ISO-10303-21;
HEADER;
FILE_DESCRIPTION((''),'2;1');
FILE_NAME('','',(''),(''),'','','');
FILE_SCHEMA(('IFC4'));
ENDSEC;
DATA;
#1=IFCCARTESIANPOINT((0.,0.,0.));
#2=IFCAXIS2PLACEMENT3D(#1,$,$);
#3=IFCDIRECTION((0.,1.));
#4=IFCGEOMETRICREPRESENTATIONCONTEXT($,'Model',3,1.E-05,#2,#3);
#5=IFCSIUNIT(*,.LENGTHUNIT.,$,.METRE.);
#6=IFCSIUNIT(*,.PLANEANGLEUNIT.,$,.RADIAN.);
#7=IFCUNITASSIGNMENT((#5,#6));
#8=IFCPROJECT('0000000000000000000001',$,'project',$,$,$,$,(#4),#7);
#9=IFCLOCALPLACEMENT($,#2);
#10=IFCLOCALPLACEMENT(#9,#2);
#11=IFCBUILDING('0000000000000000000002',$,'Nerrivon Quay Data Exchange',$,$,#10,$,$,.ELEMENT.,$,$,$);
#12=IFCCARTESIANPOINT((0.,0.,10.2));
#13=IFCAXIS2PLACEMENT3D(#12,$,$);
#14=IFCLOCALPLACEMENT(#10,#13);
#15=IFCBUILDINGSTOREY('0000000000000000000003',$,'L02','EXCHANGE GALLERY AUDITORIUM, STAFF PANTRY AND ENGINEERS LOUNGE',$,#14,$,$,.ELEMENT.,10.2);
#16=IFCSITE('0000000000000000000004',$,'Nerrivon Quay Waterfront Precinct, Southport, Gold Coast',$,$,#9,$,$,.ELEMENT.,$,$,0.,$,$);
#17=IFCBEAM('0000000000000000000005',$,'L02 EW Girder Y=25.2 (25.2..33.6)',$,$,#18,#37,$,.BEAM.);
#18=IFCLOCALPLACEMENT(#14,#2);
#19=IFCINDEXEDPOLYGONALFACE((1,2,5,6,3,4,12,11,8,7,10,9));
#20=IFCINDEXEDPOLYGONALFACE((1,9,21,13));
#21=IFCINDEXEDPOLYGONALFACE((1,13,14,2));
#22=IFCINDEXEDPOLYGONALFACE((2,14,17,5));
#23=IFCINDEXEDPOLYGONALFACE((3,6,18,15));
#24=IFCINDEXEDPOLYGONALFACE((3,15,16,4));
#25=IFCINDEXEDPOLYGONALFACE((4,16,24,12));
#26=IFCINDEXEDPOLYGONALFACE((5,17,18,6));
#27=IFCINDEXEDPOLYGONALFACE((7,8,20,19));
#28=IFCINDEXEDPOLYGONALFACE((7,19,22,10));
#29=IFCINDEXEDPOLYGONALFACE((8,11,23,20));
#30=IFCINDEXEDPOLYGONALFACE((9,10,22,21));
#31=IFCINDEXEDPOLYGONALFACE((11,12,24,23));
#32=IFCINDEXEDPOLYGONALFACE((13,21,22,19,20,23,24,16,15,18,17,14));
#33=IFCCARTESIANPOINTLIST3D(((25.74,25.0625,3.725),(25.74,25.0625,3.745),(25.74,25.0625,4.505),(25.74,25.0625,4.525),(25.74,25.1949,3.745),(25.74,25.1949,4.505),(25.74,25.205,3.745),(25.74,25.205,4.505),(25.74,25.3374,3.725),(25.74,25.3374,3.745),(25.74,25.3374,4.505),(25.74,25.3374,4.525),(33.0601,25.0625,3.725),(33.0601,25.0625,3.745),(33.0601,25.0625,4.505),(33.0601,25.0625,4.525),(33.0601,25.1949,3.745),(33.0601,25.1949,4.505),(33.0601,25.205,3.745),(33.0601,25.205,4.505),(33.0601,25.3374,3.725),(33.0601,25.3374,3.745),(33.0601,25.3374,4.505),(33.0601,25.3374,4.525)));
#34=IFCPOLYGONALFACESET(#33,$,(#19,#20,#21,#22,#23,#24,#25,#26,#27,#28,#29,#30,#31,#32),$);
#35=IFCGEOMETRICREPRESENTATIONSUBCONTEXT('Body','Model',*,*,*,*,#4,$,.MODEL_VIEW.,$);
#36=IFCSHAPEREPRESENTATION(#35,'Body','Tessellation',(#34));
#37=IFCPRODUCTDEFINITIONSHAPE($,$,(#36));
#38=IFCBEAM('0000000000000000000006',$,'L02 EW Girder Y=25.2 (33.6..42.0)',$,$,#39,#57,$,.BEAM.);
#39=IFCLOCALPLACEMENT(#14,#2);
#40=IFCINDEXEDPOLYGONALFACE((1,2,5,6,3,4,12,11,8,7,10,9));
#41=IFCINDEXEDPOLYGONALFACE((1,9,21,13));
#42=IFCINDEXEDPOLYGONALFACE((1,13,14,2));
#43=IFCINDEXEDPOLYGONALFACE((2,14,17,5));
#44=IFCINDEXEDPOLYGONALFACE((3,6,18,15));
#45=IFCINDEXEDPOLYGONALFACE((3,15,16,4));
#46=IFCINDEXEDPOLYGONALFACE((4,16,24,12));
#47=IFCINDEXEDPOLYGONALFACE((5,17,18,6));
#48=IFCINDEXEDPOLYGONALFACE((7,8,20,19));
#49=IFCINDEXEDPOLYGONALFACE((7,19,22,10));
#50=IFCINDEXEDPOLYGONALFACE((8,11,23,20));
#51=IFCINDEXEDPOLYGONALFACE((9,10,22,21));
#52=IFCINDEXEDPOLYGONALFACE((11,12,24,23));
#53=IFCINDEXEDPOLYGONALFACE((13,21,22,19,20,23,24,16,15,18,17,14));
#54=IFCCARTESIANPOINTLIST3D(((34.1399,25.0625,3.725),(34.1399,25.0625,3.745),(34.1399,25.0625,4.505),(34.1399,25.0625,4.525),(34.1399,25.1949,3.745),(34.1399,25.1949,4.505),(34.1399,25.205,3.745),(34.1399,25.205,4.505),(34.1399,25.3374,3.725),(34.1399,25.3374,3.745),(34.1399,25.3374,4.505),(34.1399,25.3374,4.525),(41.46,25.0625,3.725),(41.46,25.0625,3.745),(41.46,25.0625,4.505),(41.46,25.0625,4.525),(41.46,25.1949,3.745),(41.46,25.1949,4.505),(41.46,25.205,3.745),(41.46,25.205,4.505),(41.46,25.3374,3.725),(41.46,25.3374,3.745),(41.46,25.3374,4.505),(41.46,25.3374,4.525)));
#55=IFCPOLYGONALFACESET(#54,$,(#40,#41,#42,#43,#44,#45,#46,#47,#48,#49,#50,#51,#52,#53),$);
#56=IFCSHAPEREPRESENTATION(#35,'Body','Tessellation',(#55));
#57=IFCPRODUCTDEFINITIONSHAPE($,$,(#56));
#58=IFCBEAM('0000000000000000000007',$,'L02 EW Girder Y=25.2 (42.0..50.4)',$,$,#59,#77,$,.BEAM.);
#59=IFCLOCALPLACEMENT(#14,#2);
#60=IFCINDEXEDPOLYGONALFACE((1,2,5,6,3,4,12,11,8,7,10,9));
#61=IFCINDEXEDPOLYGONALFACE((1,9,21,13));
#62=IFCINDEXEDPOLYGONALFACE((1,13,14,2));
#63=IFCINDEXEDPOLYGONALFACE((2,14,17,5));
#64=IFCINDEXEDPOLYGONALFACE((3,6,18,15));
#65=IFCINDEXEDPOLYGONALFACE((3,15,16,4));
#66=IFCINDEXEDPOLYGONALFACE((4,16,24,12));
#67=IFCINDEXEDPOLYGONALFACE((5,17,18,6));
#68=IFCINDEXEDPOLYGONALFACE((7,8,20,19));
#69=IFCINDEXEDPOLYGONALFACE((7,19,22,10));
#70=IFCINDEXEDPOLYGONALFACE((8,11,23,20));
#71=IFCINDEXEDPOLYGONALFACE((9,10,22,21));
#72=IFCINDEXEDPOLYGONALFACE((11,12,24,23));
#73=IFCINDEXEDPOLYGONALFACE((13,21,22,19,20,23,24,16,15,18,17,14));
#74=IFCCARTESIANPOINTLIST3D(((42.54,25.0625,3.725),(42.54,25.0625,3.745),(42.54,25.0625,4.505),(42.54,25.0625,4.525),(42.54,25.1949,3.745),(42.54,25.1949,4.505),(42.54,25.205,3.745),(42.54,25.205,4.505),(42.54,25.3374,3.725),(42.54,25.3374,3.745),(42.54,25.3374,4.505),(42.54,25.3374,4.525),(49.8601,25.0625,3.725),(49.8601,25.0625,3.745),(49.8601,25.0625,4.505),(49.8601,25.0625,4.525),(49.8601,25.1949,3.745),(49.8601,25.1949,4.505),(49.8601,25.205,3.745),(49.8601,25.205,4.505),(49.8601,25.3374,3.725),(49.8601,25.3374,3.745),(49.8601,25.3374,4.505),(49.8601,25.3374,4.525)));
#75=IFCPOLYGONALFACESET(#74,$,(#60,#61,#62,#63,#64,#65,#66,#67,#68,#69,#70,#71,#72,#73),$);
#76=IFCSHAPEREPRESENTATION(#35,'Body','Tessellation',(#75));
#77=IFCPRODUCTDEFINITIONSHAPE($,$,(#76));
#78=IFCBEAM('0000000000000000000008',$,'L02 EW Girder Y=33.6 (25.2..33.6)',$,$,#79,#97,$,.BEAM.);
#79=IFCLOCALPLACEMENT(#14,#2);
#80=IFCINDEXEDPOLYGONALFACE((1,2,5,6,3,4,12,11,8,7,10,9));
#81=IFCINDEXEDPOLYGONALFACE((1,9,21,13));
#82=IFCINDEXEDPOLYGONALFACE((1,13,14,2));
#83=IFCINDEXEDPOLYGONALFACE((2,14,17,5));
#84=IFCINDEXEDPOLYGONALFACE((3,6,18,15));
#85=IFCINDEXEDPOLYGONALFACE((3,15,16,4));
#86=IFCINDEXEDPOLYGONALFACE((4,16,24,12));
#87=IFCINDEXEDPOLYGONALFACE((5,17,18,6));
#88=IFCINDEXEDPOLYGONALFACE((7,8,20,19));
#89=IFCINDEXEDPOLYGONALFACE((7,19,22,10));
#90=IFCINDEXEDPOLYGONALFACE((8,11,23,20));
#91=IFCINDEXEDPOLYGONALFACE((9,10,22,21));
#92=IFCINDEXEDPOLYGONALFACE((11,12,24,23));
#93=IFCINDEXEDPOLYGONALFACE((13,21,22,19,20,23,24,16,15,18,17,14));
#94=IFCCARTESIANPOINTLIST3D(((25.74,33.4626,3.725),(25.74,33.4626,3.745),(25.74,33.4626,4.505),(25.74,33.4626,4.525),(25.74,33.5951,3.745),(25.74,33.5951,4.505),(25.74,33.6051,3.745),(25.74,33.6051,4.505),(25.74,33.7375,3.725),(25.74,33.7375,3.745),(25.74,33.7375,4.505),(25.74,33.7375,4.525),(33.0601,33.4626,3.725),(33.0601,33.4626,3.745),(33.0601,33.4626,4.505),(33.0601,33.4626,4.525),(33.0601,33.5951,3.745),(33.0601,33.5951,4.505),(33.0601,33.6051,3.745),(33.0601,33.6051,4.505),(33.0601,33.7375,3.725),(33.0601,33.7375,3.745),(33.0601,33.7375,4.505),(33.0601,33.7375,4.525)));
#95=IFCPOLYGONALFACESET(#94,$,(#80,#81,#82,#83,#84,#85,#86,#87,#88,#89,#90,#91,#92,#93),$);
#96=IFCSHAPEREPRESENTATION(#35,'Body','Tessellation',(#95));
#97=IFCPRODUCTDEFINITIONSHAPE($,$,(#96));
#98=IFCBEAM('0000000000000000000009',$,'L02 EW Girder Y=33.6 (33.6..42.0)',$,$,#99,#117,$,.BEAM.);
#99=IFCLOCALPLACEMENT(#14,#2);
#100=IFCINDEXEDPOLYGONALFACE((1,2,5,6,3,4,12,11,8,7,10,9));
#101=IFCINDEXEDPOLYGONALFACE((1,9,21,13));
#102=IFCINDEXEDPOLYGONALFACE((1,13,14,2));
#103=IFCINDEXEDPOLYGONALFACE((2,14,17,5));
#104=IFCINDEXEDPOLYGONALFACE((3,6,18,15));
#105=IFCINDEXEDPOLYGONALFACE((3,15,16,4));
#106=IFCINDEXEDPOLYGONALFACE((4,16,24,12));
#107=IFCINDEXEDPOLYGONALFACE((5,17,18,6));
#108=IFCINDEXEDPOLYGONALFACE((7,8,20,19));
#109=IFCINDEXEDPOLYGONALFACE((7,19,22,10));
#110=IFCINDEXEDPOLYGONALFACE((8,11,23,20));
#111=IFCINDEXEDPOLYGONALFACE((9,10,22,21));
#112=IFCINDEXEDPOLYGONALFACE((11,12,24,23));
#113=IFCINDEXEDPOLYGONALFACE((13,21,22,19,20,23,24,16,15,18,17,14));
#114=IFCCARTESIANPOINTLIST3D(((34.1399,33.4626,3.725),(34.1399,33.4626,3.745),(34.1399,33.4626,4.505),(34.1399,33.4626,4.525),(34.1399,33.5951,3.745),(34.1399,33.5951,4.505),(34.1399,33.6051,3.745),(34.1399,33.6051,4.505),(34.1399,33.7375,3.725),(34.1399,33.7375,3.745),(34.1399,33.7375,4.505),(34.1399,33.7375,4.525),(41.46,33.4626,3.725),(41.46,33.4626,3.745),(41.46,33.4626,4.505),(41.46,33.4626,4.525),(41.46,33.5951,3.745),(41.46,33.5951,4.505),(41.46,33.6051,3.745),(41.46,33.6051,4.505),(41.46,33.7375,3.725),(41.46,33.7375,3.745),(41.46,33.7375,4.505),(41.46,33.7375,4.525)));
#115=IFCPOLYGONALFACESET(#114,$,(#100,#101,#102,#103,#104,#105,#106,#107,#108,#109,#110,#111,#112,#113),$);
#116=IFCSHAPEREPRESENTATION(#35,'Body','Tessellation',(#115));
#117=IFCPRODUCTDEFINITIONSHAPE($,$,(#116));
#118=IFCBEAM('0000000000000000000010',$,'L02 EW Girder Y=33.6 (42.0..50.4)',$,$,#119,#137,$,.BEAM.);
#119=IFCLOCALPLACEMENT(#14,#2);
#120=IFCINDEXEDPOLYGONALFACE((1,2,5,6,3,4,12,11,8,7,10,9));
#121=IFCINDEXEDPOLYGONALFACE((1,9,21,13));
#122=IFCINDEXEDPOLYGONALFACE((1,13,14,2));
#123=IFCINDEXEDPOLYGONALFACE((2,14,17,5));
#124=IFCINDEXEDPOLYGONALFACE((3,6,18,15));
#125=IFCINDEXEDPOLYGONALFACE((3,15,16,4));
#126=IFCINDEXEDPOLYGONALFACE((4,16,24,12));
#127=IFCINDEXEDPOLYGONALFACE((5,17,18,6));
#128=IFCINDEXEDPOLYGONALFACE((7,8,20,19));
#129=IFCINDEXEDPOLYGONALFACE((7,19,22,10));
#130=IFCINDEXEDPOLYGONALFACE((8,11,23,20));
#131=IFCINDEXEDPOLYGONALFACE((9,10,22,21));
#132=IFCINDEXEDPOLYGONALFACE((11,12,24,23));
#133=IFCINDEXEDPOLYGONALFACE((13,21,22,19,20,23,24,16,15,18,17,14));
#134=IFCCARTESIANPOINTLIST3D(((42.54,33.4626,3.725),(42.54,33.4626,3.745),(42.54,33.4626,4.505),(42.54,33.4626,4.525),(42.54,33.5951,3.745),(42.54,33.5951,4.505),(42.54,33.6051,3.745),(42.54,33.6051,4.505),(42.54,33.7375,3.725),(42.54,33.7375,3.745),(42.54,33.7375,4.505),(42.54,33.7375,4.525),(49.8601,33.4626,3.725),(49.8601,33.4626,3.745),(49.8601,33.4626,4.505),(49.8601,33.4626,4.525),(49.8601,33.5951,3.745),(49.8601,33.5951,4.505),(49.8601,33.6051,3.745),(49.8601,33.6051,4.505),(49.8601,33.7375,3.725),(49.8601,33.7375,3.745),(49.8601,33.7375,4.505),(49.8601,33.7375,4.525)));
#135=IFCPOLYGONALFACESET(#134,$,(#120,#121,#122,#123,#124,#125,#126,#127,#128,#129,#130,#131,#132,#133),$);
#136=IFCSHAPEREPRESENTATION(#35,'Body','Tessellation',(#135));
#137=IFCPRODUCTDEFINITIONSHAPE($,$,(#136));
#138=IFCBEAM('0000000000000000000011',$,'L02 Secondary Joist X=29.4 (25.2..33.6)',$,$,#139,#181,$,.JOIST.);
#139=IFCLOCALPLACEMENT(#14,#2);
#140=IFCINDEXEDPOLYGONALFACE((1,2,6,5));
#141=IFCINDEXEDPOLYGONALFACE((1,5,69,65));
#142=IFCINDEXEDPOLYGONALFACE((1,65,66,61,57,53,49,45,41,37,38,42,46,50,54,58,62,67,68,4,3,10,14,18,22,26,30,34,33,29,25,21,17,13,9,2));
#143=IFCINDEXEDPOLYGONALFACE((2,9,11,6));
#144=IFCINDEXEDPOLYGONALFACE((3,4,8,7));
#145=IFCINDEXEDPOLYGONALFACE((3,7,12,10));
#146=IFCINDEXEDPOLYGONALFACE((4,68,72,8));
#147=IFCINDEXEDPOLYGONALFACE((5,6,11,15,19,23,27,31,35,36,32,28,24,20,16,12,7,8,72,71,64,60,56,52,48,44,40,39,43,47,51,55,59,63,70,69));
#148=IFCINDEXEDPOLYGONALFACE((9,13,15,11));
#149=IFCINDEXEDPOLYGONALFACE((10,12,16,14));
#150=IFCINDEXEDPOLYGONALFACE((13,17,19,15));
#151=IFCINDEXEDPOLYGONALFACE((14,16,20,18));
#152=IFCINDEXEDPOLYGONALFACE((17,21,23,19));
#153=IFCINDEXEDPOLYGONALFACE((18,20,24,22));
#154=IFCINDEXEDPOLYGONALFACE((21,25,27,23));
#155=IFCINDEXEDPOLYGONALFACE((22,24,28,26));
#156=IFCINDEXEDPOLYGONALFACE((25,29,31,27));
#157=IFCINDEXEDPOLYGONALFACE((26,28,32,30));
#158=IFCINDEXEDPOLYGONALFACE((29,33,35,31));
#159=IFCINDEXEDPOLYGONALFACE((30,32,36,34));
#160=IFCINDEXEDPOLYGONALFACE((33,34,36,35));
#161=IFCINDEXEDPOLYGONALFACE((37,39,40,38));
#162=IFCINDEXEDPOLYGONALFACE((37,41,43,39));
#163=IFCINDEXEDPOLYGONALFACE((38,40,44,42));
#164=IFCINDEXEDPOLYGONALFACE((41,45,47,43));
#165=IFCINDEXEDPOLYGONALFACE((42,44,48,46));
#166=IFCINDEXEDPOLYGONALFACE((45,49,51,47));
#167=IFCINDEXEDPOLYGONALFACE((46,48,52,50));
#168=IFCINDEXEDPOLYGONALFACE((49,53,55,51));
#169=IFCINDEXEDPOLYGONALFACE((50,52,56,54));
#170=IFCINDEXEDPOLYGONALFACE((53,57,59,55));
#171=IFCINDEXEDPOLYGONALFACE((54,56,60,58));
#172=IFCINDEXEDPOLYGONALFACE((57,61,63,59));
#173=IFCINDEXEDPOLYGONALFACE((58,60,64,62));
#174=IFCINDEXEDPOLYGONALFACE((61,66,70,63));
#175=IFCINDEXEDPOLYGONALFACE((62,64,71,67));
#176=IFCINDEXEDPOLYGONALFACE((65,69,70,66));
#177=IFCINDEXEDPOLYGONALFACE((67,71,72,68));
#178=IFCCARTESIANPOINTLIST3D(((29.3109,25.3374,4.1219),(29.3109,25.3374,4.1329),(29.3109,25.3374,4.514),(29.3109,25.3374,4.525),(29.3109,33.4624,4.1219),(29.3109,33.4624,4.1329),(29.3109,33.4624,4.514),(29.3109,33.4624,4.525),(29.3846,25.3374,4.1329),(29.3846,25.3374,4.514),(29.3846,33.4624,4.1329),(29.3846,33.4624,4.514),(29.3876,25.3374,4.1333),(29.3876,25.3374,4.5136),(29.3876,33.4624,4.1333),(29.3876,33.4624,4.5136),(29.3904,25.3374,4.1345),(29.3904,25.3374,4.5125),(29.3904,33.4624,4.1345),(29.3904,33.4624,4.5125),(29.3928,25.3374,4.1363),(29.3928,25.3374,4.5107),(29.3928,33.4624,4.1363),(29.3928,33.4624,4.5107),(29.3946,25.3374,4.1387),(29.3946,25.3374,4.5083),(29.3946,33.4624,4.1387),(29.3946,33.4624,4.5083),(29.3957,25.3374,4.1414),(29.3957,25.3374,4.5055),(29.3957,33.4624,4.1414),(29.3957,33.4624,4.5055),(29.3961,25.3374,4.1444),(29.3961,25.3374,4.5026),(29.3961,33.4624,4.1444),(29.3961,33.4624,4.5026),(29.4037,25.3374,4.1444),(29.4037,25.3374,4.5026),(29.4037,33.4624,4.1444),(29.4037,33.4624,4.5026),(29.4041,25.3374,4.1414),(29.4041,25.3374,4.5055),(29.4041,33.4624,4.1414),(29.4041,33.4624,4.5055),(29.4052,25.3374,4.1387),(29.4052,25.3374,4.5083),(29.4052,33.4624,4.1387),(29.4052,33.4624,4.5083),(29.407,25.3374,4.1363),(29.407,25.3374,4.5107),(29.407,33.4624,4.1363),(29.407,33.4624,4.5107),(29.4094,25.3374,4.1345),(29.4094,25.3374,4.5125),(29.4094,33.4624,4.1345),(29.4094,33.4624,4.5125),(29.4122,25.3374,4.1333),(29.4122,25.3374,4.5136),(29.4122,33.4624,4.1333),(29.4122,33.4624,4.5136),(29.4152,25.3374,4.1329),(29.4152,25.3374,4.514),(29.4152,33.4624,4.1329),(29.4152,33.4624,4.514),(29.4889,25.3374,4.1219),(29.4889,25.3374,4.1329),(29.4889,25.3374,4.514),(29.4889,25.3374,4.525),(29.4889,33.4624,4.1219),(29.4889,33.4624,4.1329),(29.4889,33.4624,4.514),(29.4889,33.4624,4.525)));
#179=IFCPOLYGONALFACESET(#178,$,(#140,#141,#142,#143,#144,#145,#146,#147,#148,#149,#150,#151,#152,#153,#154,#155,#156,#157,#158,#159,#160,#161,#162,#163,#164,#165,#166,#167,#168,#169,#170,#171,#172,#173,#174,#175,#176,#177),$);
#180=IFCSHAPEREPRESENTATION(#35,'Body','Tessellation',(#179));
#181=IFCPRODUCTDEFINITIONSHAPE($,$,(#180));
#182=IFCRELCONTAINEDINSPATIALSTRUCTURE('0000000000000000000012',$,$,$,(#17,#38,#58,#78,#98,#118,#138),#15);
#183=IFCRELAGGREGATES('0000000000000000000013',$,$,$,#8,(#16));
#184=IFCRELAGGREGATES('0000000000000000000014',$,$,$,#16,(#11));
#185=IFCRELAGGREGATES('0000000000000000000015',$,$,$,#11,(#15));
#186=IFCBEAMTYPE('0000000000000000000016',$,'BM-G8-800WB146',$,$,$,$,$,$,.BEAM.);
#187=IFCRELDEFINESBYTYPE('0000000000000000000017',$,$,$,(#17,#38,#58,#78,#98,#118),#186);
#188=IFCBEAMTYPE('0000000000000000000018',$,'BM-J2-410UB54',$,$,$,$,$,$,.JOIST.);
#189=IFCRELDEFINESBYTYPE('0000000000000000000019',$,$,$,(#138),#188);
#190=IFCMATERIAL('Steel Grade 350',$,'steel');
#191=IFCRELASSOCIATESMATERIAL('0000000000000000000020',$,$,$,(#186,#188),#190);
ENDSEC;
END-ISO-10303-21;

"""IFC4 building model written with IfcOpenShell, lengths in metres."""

from ifc_helpers import new_model, si_unit, direction, frame, origin, origin_2d, place, context, subcontext, project, spatial, i_section, extrude, material, material_profile, profile_set, type_object, element, save


model = new_model("IFC4")

# Units and contexts
model_context = context("Model", 3, precision=1e-05, world=origin(), true_north=direction((0.0, 1.0)))
body_context = subcontext(model_context, "Body", "Model", "MODEL_VIEW")
ifc_project = project(units=[si_unit("LENGTHUNIT", "METRE"), si_unit("PLANEANGLEUNIT", "RADIAN")], contexts=[model_context])

# Site, building, storey
site_placement = place(None, origin())
site = spatial("IfcSite", under=ifc_project, at=site_placement, Name="Nerrivon Quay Waterfront Precinct, Southport, Gold Coast", CompositionType="ELEMENT", RefElevation=0.0)
building_placement = place(site_placement, origin())
building = spatial("IfcBuilding", under=site, at=building_placement, Name="Nerrivon Quay Data Exchange", CompositionType="ELEMENT")
storey_placement = place(building_placement, frame((0.0, 0.0, 10.2)))
storey = spatial("IfcBuildingStorey", under=building, at=storey_placement, Name="L02", Description="EXCHANGE GALLERY AUDITORIUM, STAFF PANTRY AND ENGINEERS LOUNGE", CompositionType="ELEMENT", Elevation=10.2)

# Beams
ifc_material_1 = material(Name="Steel Grade 350", Category="steel")
ifc_material_profile_1 = material_profile(ifc_material_1, i_section(OverallWidth=0.2749, OverallDepth=0.8, WebThickness=0.01, FlangeThickness=0.02, at=origin_2d()), Name="800WB146")
ifc_profile_set_1 = profile_set([ifc_material_profile_1], Name="Steel Grade 350")
beam_type_1 = type_object("IfcBeamType", Name="BM-G8-800WB146", PredefinedType="BEAM", material=ifc_profile_set_1)
for number, where, z_axis, x_axis, name in (
    (1, (25.74, 25.2, 4.125), (1.0, 0.0, 0.0), (0.0, 1.0, 0.0), "L02 EW Girder Y=25.2 (25.2..33.6)"),
    (2, (34.1399, 25.2, 4.125), (1.0, 0.0, 0.0), (0.0, 1.0, 0.0), "L02 EW Girder Y=25.2 (33.6..42.0)"),
    (3, (42.54, 25.2, 4.125), (1.0, 0.0, 0.0), (0.0, 1.0, 0.0), "L02 EW Girder Y=25.2 (42.0..50.4)"),
    (4, (25.74, 33.6001, 4.125), (1.0, 0.0, 0.0), (0.0, 1.0, 0.0), "L02 EW Girder Y=33.6 (25.2..33.6)"),
    (5, (34.1399, 33.6001, 4.125), (1.0, 0.0, 0.0), (0.0, 1.0, 0.0), "L02 EW Girder Y=33.6 (33.6..42.0)"),
    (6, (42.54, 33.6001, 4.125), (1.0, 0.0, 0.0), (0.0, 1.0, 0.0), "L02 EW Girder Y=33.6 (42.0..50.4)"),
):
    element("IfcBeam", number, at=place(storey_placement, frame(where, z_axis=z_axis, x_axis=x_axis)), inside=storey, type_object=beam_type_1, Name=name, PredefinedType="BEAM", context=body_context, shape_type="SweptSolid", body=[
        extrude(i_section(OverallWidth=0.2749, OverallDepth=0.8, WebThickness=0.01, FlangeThickness=0.02, at=origin_2d()), origin(), (0.0, 0.0, 1.0), 7.3201),
    ])
ifc_material_profile_2 = material_profile(ifc_material_1, i_section(OverallWidth=0.178, OverallDepth=0.4031, WebThickness=0.0076, FlangeThickness=0.011, FilletRadius=0.0115, at=origin_2d()), Name="410UB53.7")
ifc_profile_set_2 = profile_set([ifc_material_profile_2], Name="Steel Grade 350")
beam_type_2 = type_object("IfcBeamType", Name="BM-J2-410UB54", PredefinedType="JOIST", material=ifc_profile_set_2)
for number, where, z_axis, x_axis, name in (
    (7, (29.3999, 25.3374, 4.3235), (0.0, 1.0, 0.0), (-1.0, 0.0, 0.0), "L02 Secondary Joist X=29.4 (25.2..33.6)"),
):
    element("IfcBeam", number, at=place(storey_placement, frame(where, z_axis=z_axis, x_axis=x_axis)), inside=storey, type_object=beam_type_2, Name=name, PredefinedType="JOIST", context=body_context, shape_type="SweptSolid", body=[
        extrude(i_section(OverallWidth=0.178, OverallDepth=0.4031, WebThickness=0.0076, FlangeThickness=0.011, FilletRadius=0.0115, at=origin_2d()), origin(), (0.0, 0.0, 1.0), 8.125),
    ])

save(model, "model.ifc")
